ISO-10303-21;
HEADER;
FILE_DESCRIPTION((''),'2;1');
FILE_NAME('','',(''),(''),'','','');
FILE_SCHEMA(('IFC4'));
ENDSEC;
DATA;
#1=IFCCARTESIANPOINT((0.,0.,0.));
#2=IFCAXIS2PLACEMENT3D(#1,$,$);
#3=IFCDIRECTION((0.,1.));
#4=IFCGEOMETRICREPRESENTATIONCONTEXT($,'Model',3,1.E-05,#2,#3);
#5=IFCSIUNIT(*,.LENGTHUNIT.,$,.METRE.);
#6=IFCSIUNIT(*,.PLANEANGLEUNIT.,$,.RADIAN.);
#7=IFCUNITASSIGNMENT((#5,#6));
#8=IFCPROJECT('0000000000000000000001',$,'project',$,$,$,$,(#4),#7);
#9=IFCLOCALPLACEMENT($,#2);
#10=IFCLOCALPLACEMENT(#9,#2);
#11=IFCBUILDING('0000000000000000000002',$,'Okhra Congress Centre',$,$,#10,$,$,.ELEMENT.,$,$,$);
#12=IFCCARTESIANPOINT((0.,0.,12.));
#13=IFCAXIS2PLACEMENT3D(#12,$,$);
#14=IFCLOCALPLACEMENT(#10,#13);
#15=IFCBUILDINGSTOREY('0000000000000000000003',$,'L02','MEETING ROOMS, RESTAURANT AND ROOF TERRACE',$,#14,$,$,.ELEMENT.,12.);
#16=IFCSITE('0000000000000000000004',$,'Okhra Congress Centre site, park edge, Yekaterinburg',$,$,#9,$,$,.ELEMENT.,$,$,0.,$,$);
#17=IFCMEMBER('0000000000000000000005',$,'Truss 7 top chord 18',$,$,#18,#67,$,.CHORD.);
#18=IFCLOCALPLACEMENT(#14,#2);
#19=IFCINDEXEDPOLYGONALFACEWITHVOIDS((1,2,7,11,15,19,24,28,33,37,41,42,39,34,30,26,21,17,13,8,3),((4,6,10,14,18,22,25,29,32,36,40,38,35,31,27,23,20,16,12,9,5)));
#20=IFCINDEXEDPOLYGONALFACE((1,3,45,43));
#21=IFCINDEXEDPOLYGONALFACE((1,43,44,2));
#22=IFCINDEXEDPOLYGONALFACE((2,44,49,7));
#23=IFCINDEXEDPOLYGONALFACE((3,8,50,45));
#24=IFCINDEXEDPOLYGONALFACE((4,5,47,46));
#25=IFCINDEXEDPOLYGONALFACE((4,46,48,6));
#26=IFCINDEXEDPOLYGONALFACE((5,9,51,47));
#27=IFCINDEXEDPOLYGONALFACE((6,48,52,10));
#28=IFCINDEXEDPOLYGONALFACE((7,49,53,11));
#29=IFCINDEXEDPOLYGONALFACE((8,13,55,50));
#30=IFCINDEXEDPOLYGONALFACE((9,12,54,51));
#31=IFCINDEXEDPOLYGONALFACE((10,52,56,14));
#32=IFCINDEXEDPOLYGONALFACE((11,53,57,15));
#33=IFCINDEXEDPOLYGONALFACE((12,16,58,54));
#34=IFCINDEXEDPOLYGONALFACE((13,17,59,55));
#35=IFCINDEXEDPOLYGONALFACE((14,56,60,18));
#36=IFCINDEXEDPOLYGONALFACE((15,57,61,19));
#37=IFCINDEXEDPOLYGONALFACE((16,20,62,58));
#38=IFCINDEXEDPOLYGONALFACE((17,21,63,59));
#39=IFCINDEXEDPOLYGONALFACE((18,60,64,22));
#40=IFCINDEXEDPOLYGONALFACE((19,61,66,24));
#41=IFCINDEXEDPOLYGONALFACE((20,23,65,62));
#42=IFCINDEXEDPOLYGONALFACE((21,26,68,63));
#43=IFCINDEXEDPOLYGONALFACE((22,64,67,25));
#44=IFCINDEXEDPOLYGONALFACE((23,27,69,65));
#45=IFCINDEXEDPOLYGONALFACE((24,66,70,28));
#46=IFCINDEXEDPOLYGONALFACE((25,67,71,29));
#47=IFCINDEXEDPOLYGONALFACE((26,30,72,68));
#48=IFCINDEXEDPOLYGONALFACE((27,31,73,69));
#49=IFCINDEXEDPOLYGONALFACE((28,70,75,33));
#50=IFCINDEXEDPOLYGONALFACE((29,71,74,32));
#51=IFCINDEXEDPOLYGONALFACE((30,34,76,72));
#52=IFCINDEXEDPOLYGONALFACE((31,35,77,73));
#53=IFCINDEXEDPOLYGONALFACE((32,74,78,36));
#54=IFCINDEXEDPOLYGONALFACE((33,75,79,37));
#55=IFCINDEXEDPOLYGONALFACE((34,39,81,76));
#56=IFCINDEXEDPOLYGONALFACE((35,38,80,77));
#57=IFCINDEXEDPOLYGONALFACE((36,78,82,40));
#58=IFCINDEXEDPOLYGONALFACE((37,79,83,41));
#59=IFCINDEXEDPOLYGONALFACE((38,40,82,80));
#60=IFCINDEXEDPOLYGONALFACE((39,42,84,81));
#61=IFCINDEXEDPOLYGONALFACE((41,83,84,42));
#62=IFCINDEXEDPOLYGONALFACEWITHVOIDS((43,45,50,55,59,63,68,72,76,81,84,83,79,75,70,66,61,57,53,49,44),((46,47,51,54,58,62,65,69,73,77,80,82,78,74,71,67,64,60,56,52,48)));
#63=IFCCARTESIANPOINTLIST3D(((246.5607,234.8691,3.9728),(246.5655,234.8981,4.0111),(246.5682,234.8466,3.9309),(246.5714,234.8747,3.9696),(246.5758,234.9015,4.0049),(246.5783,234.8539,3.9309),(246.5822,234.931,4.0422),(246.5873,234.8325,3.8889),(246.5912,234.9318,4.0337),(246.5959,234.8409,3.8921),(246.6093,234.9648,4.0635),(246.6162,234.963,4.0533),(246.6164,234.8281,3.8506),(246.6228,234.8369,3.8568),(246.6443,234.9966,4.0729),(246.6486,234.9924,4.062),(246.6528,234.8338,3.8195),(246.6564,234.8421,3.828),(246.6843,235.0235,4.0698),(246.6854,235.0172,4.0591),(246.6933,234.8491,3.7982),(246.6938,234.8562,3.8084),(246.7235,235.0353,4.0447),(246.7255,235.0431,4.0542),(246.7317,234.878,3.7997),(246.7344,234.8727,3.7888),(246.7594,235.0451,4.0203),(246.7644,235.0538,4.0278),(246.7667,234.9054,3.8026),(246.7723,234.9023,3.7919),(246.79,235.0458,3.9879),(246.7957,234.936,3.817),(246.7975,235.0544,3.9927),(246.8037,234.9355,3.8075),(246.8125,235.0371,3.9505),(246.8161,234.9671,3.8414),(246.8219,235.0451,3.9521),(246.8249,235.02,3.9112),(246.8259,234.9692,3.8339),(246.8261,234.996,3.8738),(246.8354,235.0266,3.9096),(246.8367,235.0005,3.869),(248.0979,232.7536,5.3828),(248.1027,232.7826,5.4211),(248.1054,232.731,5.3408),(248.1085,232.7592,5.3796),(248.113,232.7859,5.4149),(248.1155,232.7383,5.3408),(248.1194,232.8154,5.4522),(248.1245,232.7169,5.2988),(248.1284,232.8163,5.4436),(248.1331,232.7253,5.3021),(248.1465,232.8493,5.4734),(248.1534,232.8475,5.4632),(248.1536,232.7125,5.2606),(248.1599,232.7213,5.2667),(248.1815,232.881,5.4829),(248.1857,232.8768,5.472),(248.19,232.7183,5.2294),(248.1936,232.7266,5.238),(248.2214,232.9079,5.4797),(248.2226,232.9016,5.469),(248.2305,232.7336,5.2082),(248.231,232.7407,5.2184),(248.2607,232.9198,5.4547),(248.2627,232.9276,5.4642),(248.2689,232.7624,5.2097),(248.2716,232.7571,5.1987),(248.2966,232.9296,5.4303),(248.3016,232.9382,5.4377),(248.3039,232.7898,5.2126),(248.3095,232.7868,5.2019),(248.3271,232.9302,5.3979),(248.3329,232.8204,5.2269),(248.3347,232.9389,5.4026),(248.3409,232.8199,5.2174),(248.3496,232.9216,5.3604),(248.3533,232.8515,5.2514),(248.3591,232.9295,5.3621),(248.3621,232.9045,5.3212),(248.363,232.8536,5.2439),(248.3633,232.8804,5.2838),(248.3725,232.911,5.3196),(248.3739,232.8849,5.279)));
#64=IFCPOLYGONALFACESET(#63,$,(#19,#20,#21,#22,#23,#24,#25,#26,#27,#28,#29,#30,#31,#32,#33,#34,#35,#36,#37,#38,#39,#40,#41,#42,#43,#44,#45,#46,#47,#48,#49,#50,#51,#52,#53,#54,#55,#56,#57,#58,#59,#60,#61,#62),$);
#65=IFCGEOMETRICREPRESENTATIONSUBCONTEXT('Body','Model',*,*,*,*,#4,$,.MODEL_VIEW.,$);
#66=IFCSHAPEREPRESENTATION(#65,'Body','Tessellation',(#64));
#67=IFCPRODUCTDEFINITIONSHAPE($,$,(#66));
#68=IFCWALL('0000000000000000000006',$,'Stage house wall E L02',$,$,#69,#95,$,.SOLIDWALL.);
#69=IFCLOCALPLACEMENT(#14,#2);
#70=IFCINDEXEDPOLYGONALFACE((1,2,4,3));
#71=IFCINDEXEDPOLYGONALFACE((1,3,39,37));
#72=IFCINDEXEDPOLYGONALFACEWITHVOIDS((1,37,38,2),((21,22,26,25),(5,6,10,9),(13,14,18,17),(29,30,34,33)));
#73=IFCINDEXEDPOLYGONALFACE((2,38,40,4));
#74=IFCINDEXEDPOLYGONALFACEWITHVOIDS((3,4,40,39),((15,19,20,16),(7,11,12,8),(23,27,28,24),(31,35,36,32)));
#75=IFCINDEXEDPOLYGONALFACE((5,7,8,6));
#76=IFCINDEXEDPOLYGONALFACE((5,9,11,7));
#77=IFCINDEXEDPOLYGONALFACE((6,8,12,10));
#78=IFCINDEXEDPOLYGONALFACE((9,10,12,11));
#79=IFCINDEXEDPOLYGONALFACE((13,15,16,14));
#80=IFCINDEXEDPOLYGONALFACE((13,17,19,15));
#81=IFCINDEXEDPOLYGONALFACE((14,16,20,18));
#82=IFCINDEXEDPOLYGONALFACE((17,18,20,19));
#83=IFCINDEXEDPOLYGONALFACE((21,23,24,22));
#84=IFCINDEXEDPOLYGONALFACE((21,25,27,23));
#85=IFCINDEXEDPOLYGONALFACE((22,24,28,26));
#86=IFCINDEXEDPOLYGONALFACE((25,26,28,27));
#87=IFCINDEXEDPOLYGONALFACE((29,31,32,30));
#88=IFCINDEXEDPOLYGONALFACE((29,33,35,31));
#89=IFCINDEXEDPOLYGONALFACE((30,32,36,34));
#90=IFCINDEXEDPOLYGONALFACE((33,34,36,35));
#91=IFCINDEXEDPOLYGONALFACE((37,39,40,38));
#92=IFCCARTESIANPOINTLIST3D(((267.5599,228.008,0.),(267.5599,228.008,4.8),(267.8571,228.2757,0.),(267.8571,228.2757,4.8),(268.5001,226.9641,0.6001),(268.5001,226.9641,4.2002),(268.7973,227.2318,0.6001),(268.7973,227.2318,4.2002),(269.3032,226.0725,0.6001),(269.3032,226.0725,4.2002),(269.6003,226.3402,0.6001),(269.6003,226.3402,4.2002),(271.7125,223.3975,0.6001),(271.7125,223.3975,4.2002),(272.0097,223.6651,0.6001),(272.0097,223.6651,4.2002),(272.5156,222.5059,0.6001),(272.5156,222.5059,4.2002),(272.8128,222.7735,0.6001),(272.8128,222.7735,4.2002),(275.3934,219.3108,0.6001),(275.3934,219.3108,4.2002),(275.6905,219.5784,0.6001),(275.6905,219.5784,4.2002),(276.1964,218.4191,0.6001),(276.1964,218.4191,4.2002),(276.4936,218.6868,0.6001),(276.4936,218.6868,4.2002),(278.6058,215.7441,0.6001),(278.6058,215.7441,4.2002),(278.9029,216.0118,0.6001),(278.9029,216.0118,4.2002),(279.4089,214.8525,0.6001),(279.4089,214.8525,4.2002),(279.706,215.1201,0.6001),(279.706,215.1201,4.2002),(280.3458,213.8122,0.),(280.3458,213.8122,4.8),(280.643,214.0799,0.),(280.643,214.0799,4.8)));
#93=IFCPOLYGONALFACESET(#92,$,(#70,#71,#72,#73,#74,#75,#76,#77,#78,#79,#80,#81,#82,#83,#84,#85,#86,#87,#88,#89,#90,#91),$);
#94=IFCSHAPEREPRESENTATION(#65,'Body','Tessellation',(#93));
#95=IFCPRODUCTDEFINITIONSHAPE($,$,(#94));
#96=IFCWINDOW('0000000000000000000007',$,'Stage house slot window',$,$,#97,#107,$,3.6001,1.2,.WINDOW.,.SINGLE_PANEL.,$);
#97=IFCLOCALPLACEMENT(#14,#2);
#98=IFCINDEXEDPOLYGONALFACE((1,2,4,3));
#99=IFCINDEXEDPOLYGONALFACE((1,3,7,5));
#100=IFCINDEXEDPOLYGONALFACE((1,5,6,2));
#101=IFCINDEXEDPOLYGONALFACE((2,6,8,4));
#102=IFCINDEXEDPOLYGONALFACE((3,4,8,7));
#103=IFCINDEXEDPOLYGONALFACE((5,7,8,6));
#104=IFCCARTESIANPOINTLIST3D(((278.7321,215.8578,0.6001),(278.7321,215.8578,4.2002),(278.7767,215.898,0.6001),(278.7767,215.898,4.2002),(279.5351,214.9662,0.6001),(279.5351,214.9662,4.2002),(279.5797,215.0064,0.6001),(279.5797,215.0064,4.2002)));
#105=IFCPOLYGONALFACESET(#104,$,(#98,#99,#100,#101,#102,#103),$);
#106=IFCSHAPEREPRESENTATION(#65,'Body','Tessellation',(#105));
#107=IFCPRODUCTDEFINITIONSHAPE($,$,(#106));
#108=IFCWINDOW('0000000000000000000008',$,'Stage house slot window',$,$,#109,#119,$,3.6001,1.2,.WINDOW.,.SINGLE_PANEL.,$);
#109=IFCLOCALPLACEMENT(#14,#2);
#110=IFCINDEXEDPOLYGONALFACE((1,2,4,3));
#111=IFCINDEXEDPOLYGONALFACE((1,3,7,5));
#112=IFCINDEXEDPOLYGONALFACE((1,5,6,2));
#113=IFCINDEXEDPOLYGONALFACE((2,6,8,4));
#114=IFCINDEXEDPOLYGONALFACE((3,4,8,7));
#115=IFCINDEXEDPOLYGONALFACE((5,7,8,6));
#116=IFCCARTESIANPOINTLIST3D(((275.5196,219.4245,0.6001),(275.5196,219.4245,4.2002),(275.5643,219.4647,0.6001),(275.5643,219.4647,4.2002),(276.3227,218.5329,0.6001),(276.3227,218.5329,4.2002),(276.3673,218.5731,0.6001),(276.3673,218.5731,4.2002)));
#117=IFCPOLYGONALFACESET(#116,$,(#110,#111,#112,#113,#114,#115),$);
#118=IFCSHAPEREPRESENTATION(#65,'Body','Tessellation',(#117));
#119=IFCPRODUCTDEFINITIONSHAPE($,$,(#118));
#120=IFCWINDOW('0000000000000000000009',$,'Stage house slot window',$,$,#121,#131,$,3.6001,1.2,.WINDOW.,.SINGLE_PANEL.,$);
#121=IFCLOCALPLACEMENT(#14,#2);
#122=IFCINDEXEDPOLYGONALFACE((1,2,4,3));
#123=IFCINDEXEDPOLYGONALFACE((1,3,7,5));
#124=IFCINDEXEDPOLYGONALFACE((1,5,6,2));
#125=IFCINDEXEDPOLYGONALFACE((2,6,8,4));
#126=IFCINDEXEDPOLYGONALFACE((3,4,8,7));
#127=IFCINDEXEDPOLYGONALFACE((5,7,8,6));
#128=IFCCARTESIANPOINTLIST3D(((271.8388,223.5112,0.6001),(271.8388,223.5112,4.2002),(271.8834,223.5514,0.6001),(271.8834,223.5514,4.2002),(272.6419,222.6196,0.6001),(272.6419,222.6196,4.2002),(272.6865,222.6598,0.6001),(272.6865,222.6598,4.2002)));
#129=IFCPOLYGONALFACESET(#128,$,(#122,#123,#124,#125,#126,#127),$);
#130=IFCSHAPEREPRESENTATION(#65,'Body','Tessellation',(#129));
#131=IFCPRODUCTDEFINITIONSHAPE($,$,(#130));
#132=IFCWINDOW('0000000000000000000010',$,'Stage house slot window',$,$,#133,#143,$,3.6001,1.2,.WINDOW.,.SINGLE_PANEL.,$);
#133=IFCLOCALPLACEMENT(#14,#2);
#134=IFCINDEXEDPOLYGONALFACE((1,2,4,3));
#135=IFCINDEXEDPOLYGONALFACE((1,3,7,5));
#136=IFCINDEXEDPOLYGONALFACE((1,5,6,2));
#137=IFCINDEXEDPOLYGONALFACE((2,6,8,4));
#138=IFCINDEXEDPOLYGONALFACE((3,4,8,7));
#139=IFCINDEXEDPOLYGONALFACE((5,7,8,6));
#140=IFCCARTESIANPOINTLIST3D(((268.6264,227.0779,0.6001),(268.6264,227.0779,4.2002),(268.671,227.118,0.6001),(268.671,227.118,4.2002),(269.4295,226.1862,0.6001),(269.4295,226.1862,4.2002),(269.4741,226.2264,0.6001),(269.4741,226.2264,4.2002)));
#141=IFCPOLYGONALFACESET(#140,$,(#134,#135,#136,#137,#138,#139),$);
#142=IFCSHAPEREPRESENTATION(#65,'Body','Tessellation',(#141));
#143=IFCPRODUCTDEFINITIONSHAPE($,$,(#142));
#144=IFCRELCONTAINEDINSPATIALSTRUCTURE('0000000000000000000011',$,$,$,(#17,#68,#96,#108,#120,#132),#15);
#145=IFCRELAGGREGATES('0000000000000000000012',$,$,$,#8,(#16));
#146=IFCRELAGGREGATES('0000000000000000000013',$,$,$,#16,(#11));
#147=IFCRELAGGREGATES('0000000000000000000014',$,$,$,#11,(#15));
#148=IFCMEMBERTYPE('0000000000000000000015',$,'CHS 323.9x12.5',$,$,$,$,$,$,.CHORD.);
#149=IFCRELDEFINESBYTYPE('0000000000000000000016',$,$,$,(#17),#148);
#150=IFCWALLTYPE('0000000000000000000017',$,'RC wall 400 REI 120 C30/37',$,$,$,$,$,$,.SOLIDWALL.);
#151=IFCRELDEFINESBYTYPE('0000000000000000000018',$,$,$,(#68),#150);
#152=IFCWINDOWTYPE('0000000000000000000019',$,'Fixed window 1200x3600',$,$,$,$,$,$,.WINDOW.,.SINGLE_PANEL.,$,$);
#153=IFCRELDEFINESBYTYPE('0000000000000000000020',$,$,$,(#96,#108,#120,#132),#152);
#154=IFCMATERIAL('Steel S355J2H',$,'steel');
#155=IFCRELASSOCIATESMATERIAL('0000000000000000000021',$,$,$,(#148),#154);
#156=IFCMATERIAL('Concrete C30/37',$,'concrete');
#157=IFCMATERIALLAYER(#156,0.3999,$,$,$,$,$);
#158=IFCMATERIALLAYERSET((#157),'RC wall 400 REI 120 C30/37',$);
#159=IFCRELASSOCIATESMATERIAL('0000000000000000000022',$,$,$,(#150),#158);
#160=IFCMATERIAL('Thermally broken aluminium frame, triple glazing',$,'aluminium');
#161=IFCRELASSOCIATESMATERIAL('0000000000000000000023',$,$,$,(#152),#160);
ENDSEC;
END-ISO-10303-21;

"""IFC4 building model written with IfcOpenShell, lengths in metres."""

from ifc_helpers import new_model, si_unit, direction, frame, frame_2d, origin, origin_2d, place, context, subcontext, project, spatial, rectangle, hollow_circle, extrude, material, layer, layer_set, material_profile, profile_set, type_object, element, fill, save


model = new_model("IFC4")

# Units and contexts
model_context = context("Model", 3, precision=1e-05, world=origin(), true_north=direction((0.0, 1.0)))
body_context = subcontext(model_context, "Body", "Model", "MODEL_VIEW")
ifc_project = project(units=[si_unit("LENGTHUNIT", "METRE"), si_unit("PLANEANGLEUNIT", "RADIAN")], contexts=[model_context])

# Site, building, storey
site_placement = place(None, origin())
site = spatial("IfcSite", under=ifc_project, at=site_placement, Name="Okhra Congress Centre site, park edge, Yekaterinburg", CompositionType="ELEMENT", RefElevation=0.0)
building_placement = place(site_placement, origin())
building = spatial("IfcBuilding", under=site, at=building_placement, Name="Okhra Congress Centre", CompositionType="ELEMENT")
storey_placement = place(building_placement, frame((0.0, 0.0, 12.0)))
storey = spatial("IfcBuildingStorey", under=building, at=storey_placement, Name="L02", Description="MEETING ROOMS, RESTAURANT AND ROOF TERRACE", CompositionType="ELEMENT", Elevation=12.0)

# Member
ifc_material_1 = material(Name="Steel S355J2H", Category="steel")
ifc_material_profile_1 = material_profile(ifc_material_1, hollow_circle(Radius=0.1619, WallThickness=0.0125, at=origin_2d()), Name="CHS 323.9x12.5")
ifc_profile_set_1 = profile_set([ifc_material_profile_1], Name="Steel S355J2H")
member_type_1 = type_object("IfcMemberType", Name="CHS 323.9x12.5", PredefinedType="CHORD", material=ifc_profile_set_1)
for number, where, z_axis, x_axis, name in (
    (1, (248.2363, 232.8262, 5.3408), (-0.517401, 0.712084, -0.474586), (-0.808994, -0.587816, 0.0), "Truss 7 top chord 18"),
):
    element("IfcMember", number, at=place(storey_placement, frame(where, z_axis=z_axis, x_axis=x_axis)), inside=storey, type_object=member_type_1, Name=name, PredefinedType="CHORD", context=body_context, shape_type="SweptSolid", body=[
        extrude(hollow_circle(Radius=0.1619, WallThickness=0.0125, at=origin_2d()), origin(), (0.0, 0.0, 1.0), 2.9709),
    ])

# Wall, openings, windows
ifc_material_2 = material(Name="Concrete C30/37", Category="concrete")
ifc_layer_1 = layer(ifc_material_2, 0.3999)
ifc_layer_set_1 = layer_set([ifc_layer_1], Name="RC wall 400 REI 120 C30/37")
wall_type_1 = type_object("IfcWallType", Name="RC wall 400 REI 120 C30/37", PredefinedType="SOLIDWALL", material=ifc_layer_set_1)
wall_1_placement = place(storey_placement, frame((280.4944, 213.946, 0.0), z_axis=(0.0, 0.0, 1.0), x_axis=(-0.669244, 0.743042, 0.0)))
wall_1 = element("IfcWall", 2, at=wall_1_placement, inside=storey, type_object=wall_type_1, Name="Stage house wall E L02", PredefinedType="SOLIDWALL", context=body_context, shape_type="SweptSolid", body=[
    extrude(rectangle(XDim=19.105, YDim=0.3999, at=frame_2d((9.5525, 0.0))), origin(), (0.0, 0.0, 1.0), 4.8),
])
opening_1_placement = place(wall_1_placement, frame((1.3999, 0.0, 0.6001)))
opening_1 = element("IfcOpeningElement", 3, at=opening_1_placement, cuts=wall_1, PredefinedType="OPENING", context=body_context, shape_type="SweptSolid", body=[
    extrude(rectangle(XDim=1.2, YDim=3.6001, at=frame_2d((0.6001, 1.8))), frame((0.0, 0.21, 0.0), z_axis=(0.0, -1.0, 0.0), x_axis=(1.0, 0.0, 0.0)), (0.0, 0.0, 1.0), 0.4199),
])
opening_2_placement = place(wall_1_placement, frame((6.2, 0.0, 0.6001)))
opening_2 = element("IfcOpeningElement", 4, at=opening_2_placement, cuts=wall_1, PredefinedType="OPENING", context=body_context, shape_type="SweptSolid", body=[
    extrude(rectangle(XDim=1.2, YDim=3.6001, at=frame_2d((0.6001, 1.8))), frame((0.0, 0.21, 0.0), z_axis=(0.0, -1.0, 0.0), x_axis=(1.0, 0.0, 0.0)), (0.0, 0.0, 1.0), 0.4199),
])
opening_3_placement = place(wall_1_placement, frame((11.7, 0.0, 0.6001)))
opening_3 = element("IfcOpeningElement", 5, at=opening_3_placement, cuts=wall_1, PredefinedType="OPENING", context=body_context, shape_type="SweptSolid", body=[
    extrude(rectangle(XDim=1.2, YDim=3.6001, at=frame_2d((0.6001, 1.8))), frame((0.0, 0.21, 0.0), z_axis=(0.0, -1.0, 0.0), x_axis=(1.0, 0.0, 0.0)), (0.0, 0.0, 1.0), 0.4199),
])
opening_4_placement = place(wall_1_placement, frame((16.5, 0.0, 0.6001)))
opening_4 = element("IfcOpeningElement", 6, at=opening_4_placement, cuts=wall_1, PredefinedType="OPENING", context=body_context, shape_type="SweptSolid", body=[
    extrude(rectangle(XDim=1.2, YDim=3.6001, at=frame_2d((0.6001, 1.8))), frame((0.0, 0.21, 0.0), z_axis=(0.0, -1.0, 0.0), x_axis=(1.0, 0.0, 0.0)), (0.0, 0.0, 1.0), 0.4199),
])
ifc_material_3 = material(Name="Thermally broken aluminium frame, triple glazing", Category="aluminium")
window_type = type_object("IfcWindowType", Name="Fixed window 1200x3600", PartitioningType="SINGLE_PANEL", PredefinedType="WINDOW", material=ifc_material_3)
window_1_placement = place(opening_1_placement, origin())
window_1 = element("IfcWindow", 7, at=window_1_placement, inside=storey, type_object=window_type, Name="Stage house slot window", OverallHeight=3.6001, OverallWidth=1.2, PartitioningType="SINGLE_PANEL", PredefinedType="WINDOW", context=body_context, shape_type="SweptSolid", body=[
    extrude(rectangle(XDim=1.2, YDim=3.6001, at=frame_2d((0.6001, 1.8))), frame((0.0, 0.03, 0.0), z_axis=(0.0, -1.0, 0.0), x_axis=(1.0, 0.0, 0.0)), (0.0, 0.0, 1.0), 0.0601),
])
fill(opening_1, window_1)
window_2_placement = place(opening_2_placement, origin())
window_2 = element("IfcWindow", 8, at=window_2_placement, inside=storey, type_object=window_type, Name="Stage house slot window", OverallHeight=3.6001, OverallWidth=1.2, PartitioningType="SINGLE_PANEL", PredefinedType="WINDOW", context=body_context, shape_type="SweptSolid", body=[
    extrude(rectangle(XDim=1.2, YDim=3.6001, at=frame_2d((0.6001, 1.8))), frame((0.0, 0.03, 0.0), z_axis=(0.0, -1.0, 0.0), x_axis=(1.0, 0.0, 0.0)), (0.0, 0.0, 1.0), 0.0601),
])
fill(opening_2, window_2)
window_3_placement = place(opening_3_placement, origin())
window_3 = element("IfcWindow", 9, at=window_3_placement, inside=storey, type_object=window_type, Name="Stage house slot window", OverallHeight=3.6001, OverallWidth=1.2, PartitioningType="SINGLE_PANEL", PredefinedType="WINDOW", context=body_context, shape_type="SweptSolid", body=[
    extrude(rectangle(XDim=1.2, YDim=3.6001, at=frame_2d((0.6001, 1.8))), frame((0.0, 0.03, 0.0), z_axis=(0.0, -1.0, 0.0), x_axis=(1.0, 0.0, 0.0)), (0.0, 0.0, 1.0), 0.0601),
])
fill(opening_3, window_3)
window_4_placement = place(opening_4_placement, origin())
window_4 = element("IfcWindow", 10, at=window_4_placement, inside=storey, type_object=window_type, Name="Stage house slot window", OverallHeight=3.6001, OverallWidth=1.2, PartitioningType="SINGLE_PANEL", PredefinedType="WINDOW", context=body_context, shape_type="SweptSolid", body=[
    extrude(rectangle(XDim=1.2, YDim=3.6001, at=frame_2d((0.6001, 1.8))), frame((0.0, 0.03, 0.0), z_axis=(0.0, -1.0, 0.0), x_axis=(1.0, 0.0, 0.0)), (0.0, 0.0, 1.0), 0.0601),
])
fill(opening_4, window_4)

save(model, "model.ifc")
